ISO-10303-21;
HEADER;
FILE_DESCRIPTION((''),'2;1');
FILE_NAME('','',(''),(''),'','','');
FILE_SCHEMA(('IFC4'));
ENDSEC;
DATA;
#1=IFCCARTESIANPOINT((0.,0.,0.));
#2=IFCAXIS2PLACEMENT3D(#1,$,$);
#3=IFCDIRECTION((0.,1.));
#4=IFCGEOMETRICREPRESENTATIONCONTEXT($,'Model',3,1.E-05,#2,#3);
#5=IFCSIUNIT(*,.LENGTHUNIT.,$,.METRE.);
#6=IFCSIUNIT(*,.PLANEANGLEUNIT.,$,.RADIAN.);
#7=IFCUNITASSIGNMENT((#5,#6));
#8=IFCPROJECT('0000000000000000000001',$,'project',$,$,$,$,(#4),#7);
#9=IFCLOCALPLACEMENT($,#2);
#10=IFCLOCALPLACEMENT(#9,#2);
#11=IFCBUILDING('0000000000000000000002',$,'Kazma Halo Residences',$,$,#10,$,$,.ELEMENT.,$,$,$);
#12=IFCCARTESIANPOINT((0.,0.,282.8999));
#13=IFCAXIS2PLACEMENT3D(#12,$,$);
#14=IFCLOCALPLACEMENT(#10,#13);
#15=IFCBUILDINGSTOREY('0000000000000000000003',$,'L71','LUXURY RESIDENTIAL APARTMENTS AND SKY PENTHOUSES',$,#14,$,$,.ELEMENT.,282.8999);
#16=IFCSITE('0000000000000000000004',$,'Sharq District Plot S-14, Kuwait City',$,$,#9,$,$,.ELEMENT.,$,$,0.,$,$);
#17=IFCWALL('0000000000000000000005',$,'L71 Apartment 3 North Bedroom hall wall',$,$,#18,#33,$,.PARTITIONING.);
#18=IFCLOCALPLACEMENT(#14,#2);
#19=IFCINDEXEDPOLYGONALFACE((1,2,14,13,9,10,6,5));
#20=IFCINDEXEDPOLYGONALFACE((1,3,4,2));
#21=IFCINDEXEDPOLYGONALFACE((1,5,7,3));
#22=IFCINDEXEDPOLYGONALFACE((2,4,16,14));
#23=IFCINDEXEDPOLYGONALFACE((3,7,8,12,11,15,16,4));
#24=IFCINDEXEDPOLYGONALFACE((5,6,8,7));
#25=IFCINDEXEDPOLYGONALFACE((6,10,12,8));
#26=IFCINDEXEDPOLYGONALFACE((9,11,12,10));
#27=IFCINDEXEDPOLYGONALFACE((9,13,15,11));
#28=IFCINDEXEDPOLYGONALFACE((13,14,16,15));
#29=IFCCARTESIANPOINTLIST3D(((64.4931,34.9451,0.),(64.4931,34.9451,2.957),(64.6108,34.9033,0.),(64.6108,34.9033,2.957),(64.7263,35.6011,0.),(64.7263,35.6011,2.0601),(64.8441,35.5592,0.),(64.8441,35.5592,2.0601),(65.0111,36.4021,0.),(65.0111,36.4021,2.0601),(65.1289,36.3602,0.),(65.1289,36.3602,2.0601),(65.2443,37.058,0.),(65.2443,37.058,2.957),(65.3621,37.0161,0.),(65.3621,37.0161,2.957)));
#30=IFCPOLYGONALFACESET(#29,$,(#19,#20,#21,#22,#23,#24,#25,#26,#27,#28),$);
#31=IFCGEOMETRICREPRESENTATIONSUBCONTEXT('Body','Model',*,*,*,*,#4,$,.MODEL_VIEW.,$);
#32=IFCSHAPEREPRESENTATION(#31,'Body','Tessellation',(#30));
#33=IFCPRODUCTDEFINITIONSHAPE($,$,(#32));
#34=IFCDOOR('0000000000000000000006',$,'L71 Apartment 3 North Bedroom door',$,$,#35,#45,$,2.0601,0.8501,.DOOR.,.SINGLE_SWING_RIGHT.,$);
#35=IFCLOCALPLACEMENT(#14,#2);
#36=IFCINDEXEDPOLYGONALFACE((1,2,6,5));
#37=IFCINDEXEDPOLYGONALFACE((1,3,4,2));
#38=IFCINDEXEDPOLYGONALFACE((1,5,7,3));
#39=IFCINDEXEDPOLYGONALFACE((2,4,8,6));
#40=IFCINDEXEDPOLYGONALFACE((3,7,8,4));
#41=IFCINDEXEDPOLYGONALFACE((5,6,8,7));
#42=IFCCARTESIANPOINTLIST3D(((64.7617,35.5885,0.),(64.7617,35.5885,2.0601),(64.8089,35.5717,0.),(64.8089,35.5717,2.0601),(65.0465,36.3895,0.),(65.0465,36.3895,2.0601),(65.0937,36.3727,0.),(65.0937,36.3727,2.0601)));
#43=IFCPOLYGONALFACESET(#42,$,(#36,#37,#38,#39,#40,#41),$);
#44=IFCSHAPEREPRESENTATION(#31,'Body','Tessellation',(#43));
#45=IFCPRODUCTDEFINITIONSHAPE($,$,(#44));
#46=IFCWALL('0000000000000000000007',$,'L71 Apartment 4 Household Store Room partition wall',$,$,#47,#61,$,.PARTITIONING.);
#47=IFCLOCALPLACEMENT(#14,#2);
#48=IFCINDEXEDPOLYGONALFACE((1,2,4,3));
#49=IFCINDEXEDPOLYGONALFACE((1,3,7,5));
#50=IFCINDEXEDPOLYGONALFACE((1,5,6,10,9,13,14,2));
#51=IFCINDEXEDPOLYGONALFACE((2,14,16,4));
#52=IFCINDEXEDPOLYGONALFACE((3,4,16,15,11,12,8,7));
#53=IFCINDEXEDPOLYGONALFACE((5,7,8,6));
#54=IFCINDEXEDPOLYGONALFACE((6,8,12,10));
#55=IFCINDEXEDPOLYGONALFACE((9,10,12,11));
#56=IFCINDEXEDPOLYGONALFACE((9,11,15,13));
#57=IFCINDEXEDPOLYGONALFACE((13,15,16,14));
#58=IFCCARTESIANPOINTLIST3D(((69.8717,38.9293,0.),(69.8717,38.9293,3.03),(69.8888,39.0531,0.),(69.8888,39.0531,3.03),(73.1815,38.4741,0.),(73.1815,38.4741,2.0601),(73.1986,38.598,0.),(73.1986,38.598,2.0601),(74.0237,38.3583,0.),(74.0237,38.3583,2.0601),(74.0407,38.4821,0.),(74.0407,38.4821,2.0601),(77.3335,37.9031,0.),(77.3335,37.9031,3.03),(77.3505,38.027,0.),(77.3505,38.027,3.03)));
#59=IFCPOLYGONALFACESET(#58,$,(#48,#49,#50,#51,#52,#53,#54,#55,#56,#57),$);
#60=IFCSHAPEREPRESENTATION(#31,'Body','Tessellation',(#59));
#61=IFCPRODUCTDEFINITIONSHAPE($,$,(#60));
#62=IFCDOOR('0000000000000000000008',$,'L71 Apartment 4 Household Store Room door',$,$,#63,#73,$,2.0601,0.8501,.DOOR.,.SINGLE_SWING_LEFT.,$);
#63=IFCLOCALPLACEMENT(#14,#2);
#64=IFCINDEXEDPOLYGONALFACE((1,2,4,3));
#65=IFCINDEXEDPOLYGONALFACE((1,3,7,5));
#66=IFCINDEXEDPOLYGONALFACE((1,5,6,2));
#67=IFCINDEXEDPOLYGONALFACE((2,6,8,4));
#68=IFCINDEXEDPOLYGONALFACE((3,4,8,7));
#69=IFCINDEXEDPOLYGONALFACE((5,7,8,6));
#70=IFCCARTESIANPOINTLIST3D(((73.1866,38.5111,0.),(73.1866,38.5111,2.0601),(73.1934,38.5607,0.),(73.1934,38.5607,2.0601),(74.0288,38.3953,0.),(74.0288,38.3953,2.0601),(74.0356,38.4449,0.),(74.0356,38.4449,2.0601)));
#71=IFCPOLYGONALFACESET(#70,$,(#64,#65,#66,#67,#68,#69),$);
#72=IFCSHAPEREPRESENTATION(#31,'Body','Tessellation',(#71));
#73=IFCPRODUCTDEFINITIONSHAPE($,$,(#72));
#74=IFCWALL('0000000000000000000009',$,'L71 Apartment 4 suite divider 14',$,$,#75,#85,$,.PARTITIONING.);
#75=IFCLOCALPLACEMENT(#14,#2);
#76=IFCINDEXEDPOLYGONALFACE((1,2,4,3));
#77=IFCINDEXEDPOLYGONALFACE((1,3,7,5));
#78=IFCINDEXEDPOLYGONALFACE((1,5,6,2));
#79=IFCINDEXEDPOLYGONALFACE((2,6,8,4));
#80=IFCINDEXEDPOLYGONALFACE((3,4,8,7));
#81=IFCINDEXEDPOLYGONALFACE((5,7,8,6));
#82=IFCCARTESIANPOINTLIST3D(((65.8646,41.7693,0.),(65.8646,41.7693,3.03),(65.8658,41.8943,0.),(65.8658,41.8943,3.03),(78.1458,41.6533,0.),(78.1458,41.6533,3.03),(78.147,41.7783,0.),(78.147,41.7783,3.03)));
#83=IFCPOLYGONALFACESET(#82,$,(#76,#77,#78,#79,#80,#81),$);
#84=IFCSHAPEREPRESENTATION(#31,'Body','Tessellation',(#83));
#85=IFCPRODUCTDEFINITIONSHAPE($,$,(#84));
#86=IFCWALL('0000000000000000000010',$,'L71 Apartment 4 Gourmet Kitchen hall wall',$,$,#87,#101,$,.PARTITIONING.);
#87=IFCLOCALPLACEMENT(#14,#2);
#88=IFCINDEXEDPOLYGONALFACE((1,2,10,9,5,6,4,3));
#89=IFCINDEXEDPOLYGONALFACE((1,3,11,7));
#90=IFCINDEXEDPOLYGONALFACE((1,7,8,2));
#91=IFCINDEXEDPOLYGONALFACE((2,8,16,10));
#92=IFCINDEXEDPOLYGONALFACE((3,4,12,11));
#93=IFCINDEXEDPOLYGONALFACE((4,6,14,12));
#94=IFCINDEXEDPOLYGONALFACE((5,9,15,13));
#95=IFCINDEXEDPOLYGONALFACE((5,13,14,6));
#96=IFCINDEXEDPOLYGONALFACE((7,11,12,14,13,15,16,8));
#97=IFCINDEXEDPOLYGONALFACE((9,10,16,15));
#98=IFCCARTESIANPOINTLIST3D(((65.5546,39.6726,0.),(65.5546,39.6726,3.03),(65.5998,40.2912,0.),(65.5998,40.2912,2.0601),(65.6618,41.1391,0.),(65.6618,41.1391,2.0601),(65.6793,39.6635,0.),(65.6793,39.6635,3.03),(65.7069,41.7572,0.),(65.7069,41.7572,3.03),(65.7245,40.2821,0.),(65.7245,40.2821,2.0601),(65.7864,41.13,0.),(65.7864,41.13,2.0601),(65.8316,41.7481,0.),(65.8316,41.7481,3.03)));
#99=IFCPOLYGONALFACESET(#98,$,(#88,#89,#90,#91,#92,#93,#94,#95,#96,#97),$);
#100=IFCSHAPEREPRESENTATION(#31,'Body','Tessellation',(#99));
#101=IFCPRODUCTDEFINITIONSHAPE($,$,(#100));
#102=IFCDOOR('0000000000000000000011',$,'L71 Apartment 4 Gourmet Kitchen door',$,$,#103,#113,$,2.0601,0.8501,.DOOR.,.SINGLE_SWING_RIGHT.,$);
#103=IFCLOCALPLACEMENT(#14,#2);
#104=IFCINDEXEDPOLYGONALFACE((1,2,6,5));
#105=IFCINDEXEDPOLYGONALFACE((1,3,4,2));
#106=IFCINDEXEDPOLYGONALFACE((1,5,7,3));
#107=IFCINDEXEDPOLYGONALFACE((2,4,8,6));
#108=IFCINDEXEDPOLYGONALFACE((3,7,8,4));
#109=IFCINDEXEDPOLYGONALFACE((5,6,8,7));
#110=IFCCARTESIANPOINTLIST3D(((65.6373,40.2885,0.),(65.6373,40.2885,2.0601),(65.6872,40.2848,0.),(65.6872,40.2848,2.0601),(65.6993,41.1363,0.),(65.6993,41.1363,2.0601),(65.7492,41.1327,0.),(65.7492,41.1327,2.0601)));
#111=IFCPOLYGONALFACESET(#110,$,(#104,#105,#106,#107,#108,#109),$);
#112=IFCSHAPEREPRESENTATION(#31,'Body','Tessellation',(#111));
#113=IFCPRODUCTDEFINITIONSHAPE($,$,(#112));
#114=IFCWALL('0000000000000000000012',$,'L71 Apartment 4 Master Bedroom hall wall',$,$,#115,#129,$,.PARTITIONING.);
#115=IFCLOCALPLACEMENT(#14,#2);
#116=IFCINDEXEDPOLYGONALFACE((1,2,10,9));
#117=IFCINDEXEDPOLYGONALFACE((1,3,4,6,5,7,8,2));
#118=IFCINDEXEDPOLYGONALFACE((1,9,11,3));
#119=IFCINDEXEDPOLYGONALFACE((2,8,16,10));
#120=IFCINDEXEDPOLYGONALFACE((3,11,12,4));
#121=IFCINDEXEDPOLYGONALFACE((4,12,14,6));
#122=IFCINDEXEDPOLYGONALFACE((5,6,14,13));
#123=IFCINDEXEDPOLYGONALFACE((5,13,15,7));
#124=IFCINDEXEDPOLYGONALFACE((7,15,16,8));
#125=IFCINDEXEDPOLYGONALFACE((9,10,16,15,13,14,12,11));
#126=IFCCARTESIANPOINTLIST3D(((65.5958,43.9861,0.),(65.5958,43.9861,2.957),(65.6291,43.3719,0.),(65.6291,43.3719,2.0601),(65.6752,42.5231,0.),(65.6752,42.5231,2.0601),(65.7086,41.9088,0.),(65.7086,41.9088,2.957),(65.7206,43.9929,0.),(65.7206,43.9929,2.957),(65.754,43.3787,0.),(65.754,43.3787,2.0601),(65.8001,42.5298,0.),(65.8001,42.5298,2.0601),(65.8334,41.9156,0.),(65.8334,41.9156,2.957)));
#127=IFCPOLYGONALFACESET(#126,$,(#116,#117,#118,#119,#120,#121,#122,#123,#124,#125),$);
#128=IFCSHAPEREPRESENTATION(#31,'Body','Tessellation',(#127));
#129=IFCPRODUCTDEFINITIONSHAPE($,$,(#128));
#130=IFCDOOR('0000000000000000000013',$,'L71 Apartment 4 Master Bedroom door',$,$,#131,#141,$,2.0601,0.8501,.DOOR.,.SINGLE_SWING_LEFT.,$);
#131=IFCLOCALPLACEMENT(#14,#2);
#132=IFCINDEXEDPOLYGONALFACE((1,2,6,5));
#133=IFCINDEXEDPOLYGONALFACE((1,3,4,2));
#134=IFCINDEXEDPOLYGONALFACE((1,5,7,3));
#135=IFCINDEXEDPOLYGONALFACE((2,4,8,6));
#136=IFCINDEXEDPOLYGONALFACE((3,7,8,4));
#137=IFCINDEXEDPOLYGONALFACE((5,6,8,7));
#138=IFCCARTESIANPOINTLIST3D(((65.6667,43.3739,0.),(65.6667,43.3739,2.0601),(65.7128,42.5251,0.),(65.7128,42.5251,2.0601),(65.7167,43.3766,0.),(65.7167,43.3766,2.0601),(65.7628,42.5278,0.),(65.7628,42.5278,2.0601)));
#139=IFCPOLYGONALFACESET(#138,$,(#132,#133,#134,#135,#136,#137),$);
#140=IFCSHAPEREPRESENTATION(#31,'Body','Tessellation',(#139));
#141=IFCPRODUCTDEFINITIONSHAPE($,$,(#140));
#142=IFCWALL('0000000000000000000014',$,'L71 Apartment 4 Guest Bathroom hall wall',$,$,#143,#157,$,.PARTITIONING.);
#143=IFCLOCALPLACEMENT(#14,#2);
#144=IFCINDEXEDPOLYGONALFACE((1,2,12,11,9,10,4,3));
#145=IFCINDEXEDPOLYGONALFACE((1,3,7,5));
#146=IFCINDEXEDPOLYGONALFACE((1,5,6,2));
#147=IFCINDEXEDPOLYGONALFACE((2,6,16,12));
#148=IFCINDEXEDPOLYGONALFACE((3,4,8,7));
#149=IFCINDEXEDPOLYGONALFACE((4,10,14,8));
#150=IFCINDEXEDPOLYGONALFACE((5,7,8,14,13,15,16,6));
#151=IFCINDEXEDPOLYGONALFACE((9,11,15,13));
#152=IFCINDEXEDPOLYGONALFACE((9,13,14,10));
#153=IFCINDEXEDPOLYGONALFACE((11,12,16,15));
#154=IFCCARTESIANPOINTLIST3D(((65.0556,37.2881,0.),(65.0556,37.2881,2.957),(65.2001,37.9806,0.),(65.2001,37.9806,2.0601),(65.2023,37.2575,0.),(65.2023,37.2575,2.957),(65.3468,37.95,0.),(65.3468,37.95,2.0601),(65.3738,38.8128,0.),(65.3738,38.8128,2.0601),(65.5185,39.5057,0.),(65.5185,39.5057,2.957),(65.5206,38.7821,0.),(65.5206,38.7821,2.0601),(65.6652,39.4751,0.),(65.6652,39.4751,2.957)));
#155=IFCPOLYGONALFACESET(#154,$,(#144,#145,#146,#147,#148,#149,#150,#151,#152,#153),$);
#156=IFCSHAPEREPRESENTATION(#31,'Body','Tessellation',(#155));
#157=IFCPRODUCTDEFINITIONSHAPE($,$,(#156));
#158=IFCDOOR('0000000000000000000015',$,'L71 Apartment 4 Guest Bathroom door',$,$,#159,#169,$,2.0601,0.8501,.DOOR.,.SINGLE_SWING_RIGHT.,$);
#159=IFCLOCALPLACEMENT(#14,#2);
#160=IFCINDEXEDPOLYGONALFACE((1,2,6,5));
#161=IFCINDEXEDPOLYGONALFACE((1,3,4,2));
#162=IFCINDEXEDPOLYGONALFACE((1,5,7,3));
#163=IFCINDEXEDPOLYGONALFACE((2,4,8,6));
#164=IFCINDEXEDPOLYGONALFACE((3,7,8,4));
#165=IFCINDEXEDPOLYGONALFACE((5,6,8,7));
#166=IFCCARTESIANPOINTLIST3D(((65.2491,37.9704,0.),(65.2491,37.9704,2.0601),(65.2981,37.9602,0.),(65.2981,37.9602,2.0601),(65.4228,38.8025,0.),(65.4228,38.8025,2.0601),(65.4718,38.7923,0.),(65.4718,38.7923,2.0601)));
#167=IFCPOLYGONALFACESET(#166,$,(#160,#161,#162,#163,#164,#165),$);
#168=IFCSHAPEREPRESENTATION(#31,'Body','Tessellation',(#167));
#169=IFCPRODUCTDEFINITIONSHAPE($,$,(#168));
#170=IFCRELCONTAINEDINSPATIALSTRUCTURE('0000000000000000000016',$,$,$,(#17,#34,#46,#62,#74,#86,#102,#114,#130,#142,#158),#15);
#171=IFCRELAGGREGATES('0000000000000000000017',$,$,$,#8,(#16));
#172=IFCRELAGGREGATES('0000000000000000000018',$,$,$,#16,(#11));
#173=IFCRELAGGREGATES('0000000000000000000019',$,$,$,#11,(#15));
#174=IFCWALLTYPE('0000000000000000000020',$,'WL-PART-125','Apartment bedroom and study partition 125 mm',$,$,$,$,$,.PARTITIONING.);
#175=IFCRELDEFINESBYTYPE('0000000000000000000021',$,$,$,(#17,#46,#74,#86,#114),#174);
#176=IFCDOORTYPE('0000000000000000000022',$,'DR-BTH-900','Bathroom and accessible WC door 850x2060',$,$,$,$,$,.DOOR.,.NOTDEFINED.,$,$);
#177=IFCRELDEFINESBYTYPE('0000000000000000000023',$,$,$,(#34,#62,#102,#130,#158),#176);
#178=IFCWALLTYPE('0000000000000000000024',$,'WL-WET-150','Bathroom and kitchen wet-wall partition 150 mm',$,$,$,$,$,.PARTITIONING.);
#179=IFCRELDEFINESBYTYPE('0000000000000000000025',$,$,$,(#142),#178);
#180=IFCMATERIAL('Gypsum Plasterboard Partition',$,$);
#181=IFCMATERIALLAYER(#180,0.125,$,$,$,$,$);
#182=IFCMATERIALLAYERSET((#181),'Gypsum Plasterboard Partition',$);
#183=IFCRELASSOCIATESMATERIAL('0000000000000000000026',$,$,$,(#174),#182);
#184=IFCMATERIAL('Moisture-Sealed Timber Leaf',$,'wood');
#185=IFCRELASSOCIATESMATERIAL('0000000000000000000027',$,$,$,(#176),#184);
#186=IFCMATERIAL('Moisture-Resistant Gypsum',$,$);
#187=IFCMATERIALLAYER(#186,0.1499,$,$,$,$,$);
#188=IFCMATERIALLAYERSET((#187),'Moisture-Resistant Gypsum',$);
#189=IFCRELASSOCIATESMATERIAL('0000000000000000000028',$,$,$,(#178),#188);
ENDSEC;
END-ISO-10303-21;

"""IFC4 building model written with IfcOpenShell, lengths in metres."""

from ifc_helpers import new_model, si_unit, direction, frame, frame_2d, origin, place, context, subcontext, project, spatial, rectangle, extrude, material, layer, layer_set, type_object, element, fill, save


model = new_model("IFC4")

# Units and contexts
model_context = context("Model", 3, precision=1e-05, world=origin(), true_north=direction((0.0, 1.0)))
body_context = subcontext(model_context, "Body", "Model", "MODEL_VIEW")
ifc_project = project(units=[si_unit("LENGTHUNIT", "METRE"), si_unit("PLANEANGLEUNIT", "RADIAN")], contexts=[model_context])

# Site, building, storey
site_placement = place(None, origin())
site = spatial("IfcSite", under=ifc_project, at=site_placement, Name="Sharq District Plot S-14, Kuwait City", CompositionType="ELEMENT", RefElevation=0.0)
building_placement = place(site_placement, origin())
building = spatial("IfcBuilding", under=site, at=building_placement, Name="Kazma Halo Residences", CompositionType="ELEMENT")
storey_placement = place(building_placement, frame((0.0, 0.0, 282.8999)))
storey = spatial("IfcBuildingStorey", under=building, at=storey_placement, Name="L71", Description="LUXURY RESIDENTIAL APARTMENTS AND SKY PENTHOUSES", CompositionType="ELEMENT", Elevation=282.8999)

# Shared definitions
ifc_material_1 = material(Name="Gypsum Plasterboard Partition")
ifc_layer_1 = layer(ifc_material_1, 0.125)
ifc_layer_set_1 = layer_set([ifc_layer_1], Name="Gypsum Plasterboard Partition")
wall_type_1 = type_object("IfcWallType", Name="WL-PART-125", Description="Apartment bedroom and study partition 125 mm", PredefinedType="PARTITIONING", material=ifc_layer_set_1)

# Walls, openings, doors
wall_1_placement = place(storey_placement, frame((64.552, 34.9243, 0.0), z_axis=(0.0, 0.0, 1.0), x_axis=(0.335012, 0.942214, 0.0)))
wall_1 = element("IfcWall", 1, at=wall_1_placement, inside=storey, type_object=wall_type_1, Name="L71 Apartment 3 North Bedroom hall wall", PredefinedType="PARTITIONING", context=body_context, shape_type="SweptSolid", body=[
    extrude(rectangle(XDim=2.2424, YDim=0.125, at=frame_2d((1.1211, 0.0))), origin(), (0.0, 0.0, 1.0), 2.957),
])
opening_1_placement = place(wall_1_placement, frame((0.696, 0.0, 0.0)))
opening_1 = element("IfcOpeningElement", 2, at=opening_1_placement, cuts=wall_1, PredefinedType="OPENING", context=body_context, shape_type="SweptSolid", body=[
    extrude(rectangle(XDim=0.8501, YDim=2.0601, at=frame_2d((0.425, 1.03))), frame((0.0, 0.0725, 0.0), z_axis=(0.0, -1.0, 0.0), x_axis=(1.0, 0.0, 0.0)), (0.0, 0.0, 1.0), 0.145),
])
ifc_material_2 = material(Name="Moisture-Sealed Timber Leaf", Category="wood")
door_type = type_object("IfcDoorType", Name="DR-BTH-900", Description="Bathroom and accessible WC door 850x2060", OperationType="NOTDEFINED", PredefinedType="DOOR", material=ifc_material_2)
door_1_placement = place(opening_1_placement, origin())
door_1 = element("IfcDoor", 3, at=door_1_placement, inside=storey, type_object=door_type, Name="L71 Apartment 3 North Bedroom door", OperationType="SINGLE_SWING_RIGHT", OverallHeight=2.0601, OverallWidth=0.8501, PredefinedType="DOOR", context=body_context, shape_type="SweptSolid", body=[
    extrude(rectangle(XDim=0.8501, YDim=2.0601, at=frame_2d((0.425, 1.03))), frame((0.0, 0.0249, 0.0), z_axis=(0.0, -1.0, 0.0), x_axis=(1.0, 0.0, 0.0)), (0.0, 0.0, 1.0), 0.05),
])
fill(opening_1, door_1)
wall_2_placement = place(storey_placement, frame((69.8801, 38.9912, 0.0), z_axis=(0.0, 0.0, 1.0), x_axis=(0.990676, -0.136237, 0.0)))
wall_2 = element("IfcWall", 4, at=wall_2_placement, inside=storey, type_object=wall_type_1, Name="L71 Apartment 4 Household Store Room partition wall", PredefinedType="PARTITIONING", context=body_context, shape_type="SweptSolid", body=[
    extrude(rectangle(XDim=7.532, YDim=0.125, at=frame_2d((3.7661, 0.0))), origin(), (0.0, 0.0, 1.0), 3.03),
])
opening_2_placement = place(wall_2_placement, frame((3.3411, 0.0, 0.0)))
opening_2 = element("IfcOpeningElement", 5, at=opening_2_placement, cuts=wall_2, PredefinedType="OPENING", context=body_context, shape_type="SweptSolid", body=[
    extrude(rectangle(XDim=0.8501, YDim=2.0601, at=frame_2d((0.425, 1.03))), frame((0.0, 0.0725, 0.0), z_axis=(0.0, -1.0, 0.0), x_axis=(1.0, 0.0, 0.0)), (0.0, 0.0, 1.0), 0.145),
])
door_2_placement = place(opening_2_placement, origin())
door_2 = element("IfcDoor", 6, at=door_2_placement, inside=storey, type_object=door_type, Name="L71 Apartment 4 Household Store Room door", OperationType="SINGLE_SWING_LEFT", OverallHeight=2.0601, OverallWidth=0.8501, PredefinedType="DOOR", context=body_context, shape_type="SweptSolid", body=[
    extrude(rectangle(XDim=0.8501, YDim=2.0601, at=frame_2d((0.425, 1.03))), frame((0.0, 0.0249, 0.0), z_axis=(0.0, -1.0, 0.0), x_axis=(1.0, 0.0, 0.0)), (0.0, 0.0, 1.0), 0.05),
])
fill(opening_2, door_2)

# Wall
wall_3_placement = place(storey_placement, frame((65.8652, 41.8318, 0.0), z_axis=(0.0, 0.0, 1.0), x_axis=(0.999955, -0.009442, 0.0)))
element("IfcWall", 7, at=wall_3_placement, inside=storey, type_object=wall_type_1, Name="L71 Apartment 4 suite divider 14", PredefinedType="PARTITIONING", context=body_context, shape_type="SweptSolid", body=[
    extrude(rectangle(XDim=12.2817, YDim=0.125, at=frame_2d((6.1409, 0.0))), origin(), (0.0, 0.0, 1.0), 3.03),
])

# Walls, openings, doors
wall_4_placement = place(storey_placement, frame((65.6169, 39.6682, 0.0), z_axis=(0.0, 0.0, 1.0), x_axis=(0.072891, 0.99734, 0.0)))
wall_4 = element("IfcWall", 8, at=wall_4_placement, inside=storey, type_object=wall_type_1, Name="L71 Apartment 4 Gourmet Kitchen hall wall", PredefinedType="PARTITIONING", context=body_context, shape_type="SweptSolid", body=[
    extrude(rectangle(XDim=2.0901, YDim=0.125, at=frame_2d((1.0449, 0.0))), origin(), (0.0, 0.0, 1.0), 3.03),
])
opening_3_placement = place(wall_4_placement, frame((0.6201, 0.0, 0.0)))
opening_3 = element("IfcOpeningElement", 9, at=opening_3_placement, cuts=wall_4, PredefinedType="OPENING", context=body_context, shape_type="SweptSolid", body=[
    extrude(rectangle(XDim=0.8501, YDim=2.0601, at=frame_2d((0.425, 1.03))), frame((0.0, 0.0725, 0.0), z_axis=(0.0, -1.0, 0.0), x_axis=(1.0, 0.0, 0.0)), (0.0, 0.0, 1.0), 0.145),
])
door_3_placement = place(opening_3_placement, origin())
door_3 = element("IfcDoor", 10, at=door_3_placement, inside=storey, type_object=door_type, Name="L71 Apartment 4 Gourmet Kitchen door", OperationType="SINGLE_SWING_RIGHT", OverallHeight=2.0601, OverallWidth=0.8501, PredefinedType="DOOR", context=body_context, shape_type="SweptSolid", body=[
    extrude(rectangle(XDim=0.8501, YDim=2.0601, at=frame_2d((0.425, 1.03))), frame((0.0, 0.0249, 0.0), z_axis=(0.0, -1.0, 0.0), x_axis=(1.0, 0.0, 0.0)), (0.0, 0.0, 1.0), 0.05),
])
fill(opening_3, door_3)
wall_5_placement = place(storey_placement, frame((65.771, 41.9124, 0.0), z_axis=(0.0, 0.0, 1.0), x_axis=(-0.054222, 0.998529, 0.0)))
wall_5 = element("IfcWall", 11, at=wall_5_placement, inside=storey, type_object=wall_type_1, Name="L71 Apartment 4 Master Bedroom hall wall", PredefinedType="PARTITIONING", context=body_context, shape_type="SweptSolid", body=[
    extrude(rectangle(XDim=2.0803, YDim=0.125, at=frame_2d((1.04, 0.0))), origin(), (0.0, 0.0, 1.0), 2.957),
])
opening_4_placement = place(wall_5_placement, frame((0.615, 0.0, 0.0)))
opening_4 = element("IfcOpeningElement", 12, at=opening_4_placement, cuts=wall_5, PredefinedType="OPENING", context=body_context, shape_type="SweptSolid", body=[
    extrude(rectangle(XDim=0.8501, YDim=2.0601, at=frame_2d((0.425, 1.03))), frame((0.0, 0.0725, 0.0), z_axis=(0.0, -1.0, 0.0), x_axis=(1.0, 0.0, 0.0)), (0.0, 0.0, 1.0), 0.145),
])
door_4_placement = place(opening_4_placement, origin())
door_4 = element("IfcDoor", 13, at=door_4_placement, inside=storey, type_object=door_type, Name="L71 Apartment 4 Master Bedroom door", OperationType="SINGLE_SWING_LEFT", OverallHeight=2.0601, OverallWidth=0.8501, PredefinedType="DOOR", context=body_context, shape_type="SweptSolid", body=[
    extrude(rectangle(XDim=0.8501, YDim=2.0601, at=frame_2d((0.425, 1.03))), frame((0.0, 0.0249, 0.0), z_axis=(0.0, -1.0, 0.0), x_axis=(1.0, 0.0, 0.0)), (0.0, 0.0, 1.0), 0.05),
])
fill(opening_4, door_4)
ifc_material_3 = material(Name="Moisture-Resistant Gypsum")
ifc_layer_2 = layer(ifc_material_3, 0.1499)
ifc_layer_set_2 = layer_set([ifc_layer_2], Name="Moisture-Resistant Gypsum")
wall_type_2 = type_object("IfcWallType", Name="WL-WET-150", Description="Bathroom and kitchen wet-wall partition 150 mm", PredefinedType="PARTITIONING", material=ifc_layer_set_2)
wall_6_placement = place(storey_placement, frame((65.1289, 37.2727, 0.0), z_axis=(0.0, 0.0, 1.0), x_axis=(0.204337, 0.978901, 0.0)))
wall_6 = element("IfcWall", 14, at=wall_6_placement, inside=storey, type_object=wall_type_2, Name="L71 Apartment 4 Guest Bathroom hall wall", PredefinedType="PARTITIONING", context=body_context, shape_type="SweptSolid", body=[
    extrude(rectangle(XDim=2.2654, YDim=0.1499, at=frame_2d((1.1328, 0.0))), origin(), (0.0, 0.0, 1.0), 2.957),
])
opening_5_placement = place(wall_6_placement, frame((0.7075, 0.0, 0.0)))
opening_5 = element("IfcOpeningElement", 15, at=opening_5_placement, cuts=wall_6, PredefinedType="OPENING", context=body_context, shape_type="SweptSolid", body=[
    extrude(rectangle(XDim=0.8501, YDim=2.0601, at=frame_2d((0.425, 1.03))), frame((0.0, 0.085, 0.0), z_axis=(0.0, -1.0, 0.0), x_axis=(1.0, 0.0, 0.0)), (0.0, 0.0, 1.0), 0.1699),
])
door_5_placement = place(opening_5_placement, origin())
door_5 = element("IfcDoor", 16, at=door_5_placement, inside=storey, type_object=door_type, Name="L71 Apartment 4 Guest Bathroom door", OperationType="SINGLE_SWING_RIGHT", OverallHeight=2.0601, OverallWidth=0.8501, PredefinedType="DOOR", context=body_context, shape_type="SweptSolid", body=[
    extrude(rectangle(XDim=0.8501, YDim=2.0601, at=frame_2d((0.425, 1.03))), frame((0.0, 0.0249, 0.0), z_axis=(0.0, -1.0, 0.0), x_axis=(1.0, 0.0, 0.0)), (0.0, 0.0, 1.0), 0.05),
])
fill(opening_5, door_5)

save(model, "model.ifc")
